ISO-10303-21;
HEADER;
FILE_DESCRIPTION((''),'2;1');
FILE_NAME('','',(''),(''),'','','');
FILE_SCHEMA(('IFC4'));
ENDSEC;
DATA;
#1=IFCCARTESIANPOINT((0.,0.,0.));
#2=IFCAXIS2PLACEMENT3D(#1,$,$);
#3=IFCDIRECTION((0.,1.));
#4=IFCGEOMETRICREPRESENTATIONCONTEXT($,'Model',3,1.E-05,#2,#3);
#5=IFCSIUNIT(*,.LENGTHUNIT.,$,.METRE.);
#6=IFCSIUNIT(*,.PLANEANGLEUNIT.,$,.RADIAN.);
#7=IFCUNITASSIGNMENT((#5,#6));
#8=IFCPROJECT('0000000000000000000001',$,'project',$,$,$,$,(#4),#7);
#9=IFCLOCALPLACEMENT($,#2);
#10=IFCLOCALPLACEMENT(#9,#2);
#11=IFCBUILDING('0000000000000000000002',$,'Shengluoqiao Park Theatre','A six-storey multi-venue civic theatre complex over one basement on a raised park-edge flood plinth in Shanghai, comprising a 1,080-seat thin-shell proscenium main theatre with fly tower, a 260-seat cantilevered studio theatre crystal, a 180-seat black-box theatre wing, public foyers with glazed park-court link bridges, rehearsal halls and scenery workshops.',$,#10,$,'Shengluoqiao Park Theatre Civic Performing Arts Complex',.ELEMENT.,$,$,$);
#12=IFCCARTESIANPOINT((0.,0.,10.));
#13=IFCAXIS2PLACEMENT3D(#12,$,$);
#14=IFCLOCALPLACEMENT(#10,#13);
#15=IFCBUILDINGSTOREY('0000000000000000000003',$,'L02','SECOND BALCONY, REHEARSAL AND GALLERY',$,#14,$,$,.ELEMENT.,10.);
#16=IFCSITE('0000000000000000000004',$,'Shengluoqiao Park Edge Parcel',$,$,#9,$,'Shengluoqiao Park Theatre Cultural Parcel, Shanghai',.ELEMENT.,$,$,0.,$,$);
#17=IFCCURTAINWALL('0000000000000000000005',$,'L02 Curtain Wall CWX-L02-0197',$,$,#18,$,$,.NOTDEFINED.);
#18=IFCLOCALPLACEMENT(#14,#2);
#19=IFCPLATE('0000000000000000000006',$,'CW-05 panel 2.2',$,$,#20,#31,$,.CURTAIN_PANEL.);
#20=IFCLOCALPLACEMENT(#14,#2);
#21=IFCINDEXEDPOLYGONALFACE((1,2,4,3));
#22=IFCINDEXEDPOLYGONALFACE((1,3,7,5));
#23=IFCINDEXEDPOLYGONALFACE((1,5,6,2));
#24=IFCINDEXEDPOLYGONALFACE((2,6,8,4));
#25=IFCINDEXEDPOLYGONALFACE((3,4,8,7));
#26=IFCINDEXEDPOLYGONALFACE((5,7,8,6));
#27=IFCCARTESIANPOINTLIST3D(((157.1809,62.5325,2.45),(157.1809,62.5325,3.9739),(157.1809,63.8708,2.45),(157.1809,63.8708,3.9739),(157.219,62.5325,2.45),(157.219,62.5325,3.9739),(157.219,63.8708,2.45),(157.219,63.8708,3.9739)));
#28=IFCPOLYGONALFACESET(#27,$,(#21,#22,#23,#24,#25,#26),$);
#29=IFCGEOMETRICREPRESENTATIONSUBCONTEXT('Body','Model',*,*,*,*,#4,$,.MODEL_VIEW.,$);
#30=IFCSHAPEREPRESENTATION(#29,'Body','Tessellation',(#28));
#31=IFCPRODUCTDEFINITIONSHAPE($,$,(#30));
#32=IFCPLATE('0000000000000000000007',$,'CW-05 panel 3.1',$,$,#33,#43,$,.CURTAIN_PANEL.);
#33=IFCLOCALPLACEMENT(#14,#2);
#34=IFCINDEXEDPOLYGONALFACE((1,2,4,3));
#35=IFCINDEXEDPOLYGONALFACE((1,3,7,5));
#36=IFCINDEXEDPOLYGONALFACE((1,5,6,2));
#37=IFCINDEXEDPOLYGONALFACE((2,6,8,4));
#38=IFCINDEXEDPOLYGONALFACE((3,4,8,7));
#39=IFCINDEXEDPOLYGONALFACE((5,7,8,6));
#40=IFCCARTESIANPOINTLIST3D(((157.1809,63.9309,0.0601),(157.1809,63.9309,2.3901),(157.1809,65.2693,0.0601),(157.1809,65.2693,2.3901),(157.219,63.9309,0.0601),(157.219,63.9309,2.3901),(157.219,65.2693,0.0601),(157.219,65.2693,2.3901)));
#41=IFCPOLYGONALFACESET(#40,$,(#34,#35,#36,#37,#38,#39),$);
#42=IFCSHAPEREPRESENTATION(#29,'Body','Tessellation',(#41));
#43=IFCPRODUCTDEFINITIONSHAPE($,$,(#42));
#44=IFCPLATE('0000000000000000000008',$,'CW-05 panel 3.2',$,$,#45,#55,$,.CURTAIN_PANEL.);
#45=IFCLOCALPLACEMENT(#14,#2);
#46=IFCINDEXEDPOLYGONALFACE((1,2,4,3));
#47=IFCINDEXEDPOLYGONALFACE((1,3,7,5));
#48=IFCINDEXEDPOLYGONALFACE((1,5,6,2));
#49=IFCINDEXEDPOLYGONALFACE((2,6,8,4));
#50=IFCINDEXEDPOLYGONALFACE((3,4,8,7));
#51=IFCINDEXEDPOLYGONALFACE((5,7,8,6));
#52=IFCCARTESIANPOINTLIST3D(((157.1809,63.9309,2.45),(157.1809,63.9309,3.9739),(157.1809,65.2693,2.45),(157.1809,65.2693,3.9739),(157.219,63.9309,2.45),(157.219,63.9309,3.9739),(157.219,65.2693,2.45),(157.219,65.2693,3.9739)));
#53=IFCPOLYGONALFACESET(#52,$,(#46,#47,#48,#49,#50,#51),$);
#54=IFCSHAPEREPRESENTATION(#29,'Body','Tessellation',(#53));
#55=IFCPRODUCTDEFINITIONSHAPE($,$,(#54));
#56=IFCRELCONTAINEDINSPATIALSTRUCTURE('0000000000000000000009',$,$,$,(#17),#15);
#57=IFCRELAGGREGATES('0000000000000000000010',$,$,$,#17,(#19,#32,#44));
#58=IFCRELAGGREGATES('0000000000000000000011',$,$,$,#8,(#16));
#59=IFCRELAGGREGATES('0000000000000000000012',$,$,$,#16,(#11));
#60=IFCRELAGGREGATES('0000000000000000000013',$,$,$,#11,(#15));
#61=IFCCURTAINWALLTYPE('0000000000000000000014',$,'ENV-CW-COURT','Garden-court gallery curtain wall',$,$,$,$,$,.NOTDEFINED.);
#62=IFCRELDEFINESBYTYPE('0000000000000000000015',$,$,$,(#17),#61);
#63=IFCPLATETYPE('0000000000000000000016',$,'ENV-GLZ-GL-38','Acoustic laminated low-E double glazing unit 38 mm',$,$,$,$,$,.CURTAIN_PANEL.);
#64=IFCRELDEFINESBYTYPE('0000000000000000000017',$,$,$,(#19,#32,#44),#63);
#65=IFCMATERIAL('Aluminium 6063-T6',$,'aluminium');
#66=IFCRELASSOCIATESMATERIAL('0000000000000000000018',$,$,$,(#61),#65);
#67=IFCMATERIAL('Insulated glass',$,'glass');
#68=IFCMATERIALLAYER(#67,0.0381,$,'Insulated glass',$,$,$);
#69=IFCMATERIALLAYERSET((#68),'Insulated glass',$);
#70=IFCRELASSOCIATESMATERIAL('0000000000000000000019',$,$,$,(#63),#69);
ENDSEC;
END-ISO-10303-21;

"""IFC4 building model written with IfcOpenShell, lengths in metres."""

from ifc_helpers import new_model, si_unit, direction, frame, origin, origin_2d, place, context, subcontext, project, spatial, rectangle, extrude, material, layer, layer_set, type_object, element, aggregate, save


model = new_model("IFC4")

# Units and contexts
model_context = context("Model", 3, precision=1e-05, world=origin(), true_north=direction((0.0, 1.0)))
body_context = subcontext(model_context, "Body", "Model", "MODEL_VIEW")
ifc_project = project(units=[si_unit("LENGTHUNIT", "METRE"), si_unit("PLANEANGLEUNIT", "RADIAN")], contexts=[model_context])

# Site, building, storey
site_placement = place(None, origin())
site = spatial("IfcSite", under=ifc_project, at=site_placement, Name="Shengluoqiao Park Edge Parcel", LongName="Shengluoqiao Park Theatre Cultural Parcel, Shanghai", CompositionType="ELEMENT", RefElevation=0.0)
building_placement = place(site_placement, origin())
building = spatial("IfcBuilding", under=site, at=building_placement, Name="Shengluoqiao Park Theatre", Description="A six-storey multi-venue civic theatre complex over one basement on a raised park-edge flood plinth in Shanghai, comprising a 1,080-seat thin-shell proscenium main theatre with fly tower, a 260-seat cantilevered studio theatre crystal, a 180-seat black-box theatre wing, public foyers with glazed park-court link bridges, rehearsal halls and scenery workshops.", LongName="Shengluoqiao Park Theatre Civic Performing Arts Complex", CompositionType="ELEMENT")
storey_placement = place(building_placement, frame((0.0, 0.0, 10.0)))
storey = spatial("IfcBuildingStorey", under=building, at=storey_placement, Name="L02", Description="SECOND BALCONY, REHEARSAL AND GALLERY", CompositionType="ELEMENT", Elevation=10.0)

# Shared definitions
ifc_material_1 = material(Name="Aluminium 6063-T6", Category="aluminium")
curtain_wall_type = type_object("IfcCurtainWallType", Name="ENV-CW-COURT", Description="Garden-court gallery curtain wall", PredefinedType="NOTDEFINED", material=ifc_material_1)

# Curtain wall
curtain_wall_1_placement = place(storey_placement, origin())
curtain_wall_1 = element("IfcCurtainWall", 1, at=curtain_wall_1_placement, inside=storey, type_object=curtain_wall_type, Name="L02 Curtain Wall CWX-L02-0197", PredefinedType="NOTDEFINED")

# Plates
ifc_material_2 = material(Name="Insulated glass", Category="glass")
ifc_layer = layer(ifc_material_2, 0.0381, Name="Insulated glass")
ifc_layer_set = layer_set([ifc_layer], Name="Insulated glass")
plate_type = type_object("IfcPlateType", Name="ENV-GLZ-GL-38", Description="Acoustic laminated low-E double glazing unit 38 mm", PredefinedType="CURTAIN_PANEL", material=ifc_layer_set)
plate_1_placement = place(storey_placement, frame((157.2, 63.2017, 2.45), z_axis=(0.0, 0.0, 1.0), x_axis=(0.0, 1.0, 0.0)))
plate_1 = element("IfcPlate", 2, at=plate_1_placement, type_object=plate_type, Name="CW-05 panel 2.2", PredefinedType="CURTAIN_PANEL", context=body_context, shape_type="SweptSolid", body=[
    extrude(rectangle(XDim=1.3384, YDim=0.0381, at=origin_2d()), origin(), (0.0, 0.0, 1.0), 1.5239),
])
plate_2_placement = place(storey_placement, frame((157.2, 64.6001, 0.0601), z_axis=(0.0, 0.0, 1.0), x_axis=(0.0, 1.0, 0.0)))
plate_2 = element("IfcPlate", 3, at=plate_2_placement, type_object=plate_type, Name="CW-05 panel 3.1", PredefinedType="CURTAIN_PANEL", context=body_context, shape_type="SweptSolid", body=[
    extrude(rectangle(XDim=1.3384, YDim=0.0381, at=origin_2d()), origin(), (0.0, 0.0, 1.0), 2.3301),
])
plate_3_placement = place(storey_placement, frame((157.2, 64.6001, 2.45), z_axis=(0.0, 0.0, 1.0), x_axis=(0.0, 1.0, 0.0)))
plate_3 = element("IfcPlate", 4, at=plate_3_placement, type_object=plate_type, Name="CW-05 panel 3.2", PredefinedType="CURTAIN_PANEL", context=body_context, shape_type="SweptSolid", body=[
    extrude(rectangle(XDim=1.3384, YDim=0.0381, at=origin_2d()), origin(), (0.0, 0.0, 1.0), 1.5239),
])
aggregate(curtain_wall_1, [plate_1, plate_2, plate_3])

save(model, "model.ifc")
